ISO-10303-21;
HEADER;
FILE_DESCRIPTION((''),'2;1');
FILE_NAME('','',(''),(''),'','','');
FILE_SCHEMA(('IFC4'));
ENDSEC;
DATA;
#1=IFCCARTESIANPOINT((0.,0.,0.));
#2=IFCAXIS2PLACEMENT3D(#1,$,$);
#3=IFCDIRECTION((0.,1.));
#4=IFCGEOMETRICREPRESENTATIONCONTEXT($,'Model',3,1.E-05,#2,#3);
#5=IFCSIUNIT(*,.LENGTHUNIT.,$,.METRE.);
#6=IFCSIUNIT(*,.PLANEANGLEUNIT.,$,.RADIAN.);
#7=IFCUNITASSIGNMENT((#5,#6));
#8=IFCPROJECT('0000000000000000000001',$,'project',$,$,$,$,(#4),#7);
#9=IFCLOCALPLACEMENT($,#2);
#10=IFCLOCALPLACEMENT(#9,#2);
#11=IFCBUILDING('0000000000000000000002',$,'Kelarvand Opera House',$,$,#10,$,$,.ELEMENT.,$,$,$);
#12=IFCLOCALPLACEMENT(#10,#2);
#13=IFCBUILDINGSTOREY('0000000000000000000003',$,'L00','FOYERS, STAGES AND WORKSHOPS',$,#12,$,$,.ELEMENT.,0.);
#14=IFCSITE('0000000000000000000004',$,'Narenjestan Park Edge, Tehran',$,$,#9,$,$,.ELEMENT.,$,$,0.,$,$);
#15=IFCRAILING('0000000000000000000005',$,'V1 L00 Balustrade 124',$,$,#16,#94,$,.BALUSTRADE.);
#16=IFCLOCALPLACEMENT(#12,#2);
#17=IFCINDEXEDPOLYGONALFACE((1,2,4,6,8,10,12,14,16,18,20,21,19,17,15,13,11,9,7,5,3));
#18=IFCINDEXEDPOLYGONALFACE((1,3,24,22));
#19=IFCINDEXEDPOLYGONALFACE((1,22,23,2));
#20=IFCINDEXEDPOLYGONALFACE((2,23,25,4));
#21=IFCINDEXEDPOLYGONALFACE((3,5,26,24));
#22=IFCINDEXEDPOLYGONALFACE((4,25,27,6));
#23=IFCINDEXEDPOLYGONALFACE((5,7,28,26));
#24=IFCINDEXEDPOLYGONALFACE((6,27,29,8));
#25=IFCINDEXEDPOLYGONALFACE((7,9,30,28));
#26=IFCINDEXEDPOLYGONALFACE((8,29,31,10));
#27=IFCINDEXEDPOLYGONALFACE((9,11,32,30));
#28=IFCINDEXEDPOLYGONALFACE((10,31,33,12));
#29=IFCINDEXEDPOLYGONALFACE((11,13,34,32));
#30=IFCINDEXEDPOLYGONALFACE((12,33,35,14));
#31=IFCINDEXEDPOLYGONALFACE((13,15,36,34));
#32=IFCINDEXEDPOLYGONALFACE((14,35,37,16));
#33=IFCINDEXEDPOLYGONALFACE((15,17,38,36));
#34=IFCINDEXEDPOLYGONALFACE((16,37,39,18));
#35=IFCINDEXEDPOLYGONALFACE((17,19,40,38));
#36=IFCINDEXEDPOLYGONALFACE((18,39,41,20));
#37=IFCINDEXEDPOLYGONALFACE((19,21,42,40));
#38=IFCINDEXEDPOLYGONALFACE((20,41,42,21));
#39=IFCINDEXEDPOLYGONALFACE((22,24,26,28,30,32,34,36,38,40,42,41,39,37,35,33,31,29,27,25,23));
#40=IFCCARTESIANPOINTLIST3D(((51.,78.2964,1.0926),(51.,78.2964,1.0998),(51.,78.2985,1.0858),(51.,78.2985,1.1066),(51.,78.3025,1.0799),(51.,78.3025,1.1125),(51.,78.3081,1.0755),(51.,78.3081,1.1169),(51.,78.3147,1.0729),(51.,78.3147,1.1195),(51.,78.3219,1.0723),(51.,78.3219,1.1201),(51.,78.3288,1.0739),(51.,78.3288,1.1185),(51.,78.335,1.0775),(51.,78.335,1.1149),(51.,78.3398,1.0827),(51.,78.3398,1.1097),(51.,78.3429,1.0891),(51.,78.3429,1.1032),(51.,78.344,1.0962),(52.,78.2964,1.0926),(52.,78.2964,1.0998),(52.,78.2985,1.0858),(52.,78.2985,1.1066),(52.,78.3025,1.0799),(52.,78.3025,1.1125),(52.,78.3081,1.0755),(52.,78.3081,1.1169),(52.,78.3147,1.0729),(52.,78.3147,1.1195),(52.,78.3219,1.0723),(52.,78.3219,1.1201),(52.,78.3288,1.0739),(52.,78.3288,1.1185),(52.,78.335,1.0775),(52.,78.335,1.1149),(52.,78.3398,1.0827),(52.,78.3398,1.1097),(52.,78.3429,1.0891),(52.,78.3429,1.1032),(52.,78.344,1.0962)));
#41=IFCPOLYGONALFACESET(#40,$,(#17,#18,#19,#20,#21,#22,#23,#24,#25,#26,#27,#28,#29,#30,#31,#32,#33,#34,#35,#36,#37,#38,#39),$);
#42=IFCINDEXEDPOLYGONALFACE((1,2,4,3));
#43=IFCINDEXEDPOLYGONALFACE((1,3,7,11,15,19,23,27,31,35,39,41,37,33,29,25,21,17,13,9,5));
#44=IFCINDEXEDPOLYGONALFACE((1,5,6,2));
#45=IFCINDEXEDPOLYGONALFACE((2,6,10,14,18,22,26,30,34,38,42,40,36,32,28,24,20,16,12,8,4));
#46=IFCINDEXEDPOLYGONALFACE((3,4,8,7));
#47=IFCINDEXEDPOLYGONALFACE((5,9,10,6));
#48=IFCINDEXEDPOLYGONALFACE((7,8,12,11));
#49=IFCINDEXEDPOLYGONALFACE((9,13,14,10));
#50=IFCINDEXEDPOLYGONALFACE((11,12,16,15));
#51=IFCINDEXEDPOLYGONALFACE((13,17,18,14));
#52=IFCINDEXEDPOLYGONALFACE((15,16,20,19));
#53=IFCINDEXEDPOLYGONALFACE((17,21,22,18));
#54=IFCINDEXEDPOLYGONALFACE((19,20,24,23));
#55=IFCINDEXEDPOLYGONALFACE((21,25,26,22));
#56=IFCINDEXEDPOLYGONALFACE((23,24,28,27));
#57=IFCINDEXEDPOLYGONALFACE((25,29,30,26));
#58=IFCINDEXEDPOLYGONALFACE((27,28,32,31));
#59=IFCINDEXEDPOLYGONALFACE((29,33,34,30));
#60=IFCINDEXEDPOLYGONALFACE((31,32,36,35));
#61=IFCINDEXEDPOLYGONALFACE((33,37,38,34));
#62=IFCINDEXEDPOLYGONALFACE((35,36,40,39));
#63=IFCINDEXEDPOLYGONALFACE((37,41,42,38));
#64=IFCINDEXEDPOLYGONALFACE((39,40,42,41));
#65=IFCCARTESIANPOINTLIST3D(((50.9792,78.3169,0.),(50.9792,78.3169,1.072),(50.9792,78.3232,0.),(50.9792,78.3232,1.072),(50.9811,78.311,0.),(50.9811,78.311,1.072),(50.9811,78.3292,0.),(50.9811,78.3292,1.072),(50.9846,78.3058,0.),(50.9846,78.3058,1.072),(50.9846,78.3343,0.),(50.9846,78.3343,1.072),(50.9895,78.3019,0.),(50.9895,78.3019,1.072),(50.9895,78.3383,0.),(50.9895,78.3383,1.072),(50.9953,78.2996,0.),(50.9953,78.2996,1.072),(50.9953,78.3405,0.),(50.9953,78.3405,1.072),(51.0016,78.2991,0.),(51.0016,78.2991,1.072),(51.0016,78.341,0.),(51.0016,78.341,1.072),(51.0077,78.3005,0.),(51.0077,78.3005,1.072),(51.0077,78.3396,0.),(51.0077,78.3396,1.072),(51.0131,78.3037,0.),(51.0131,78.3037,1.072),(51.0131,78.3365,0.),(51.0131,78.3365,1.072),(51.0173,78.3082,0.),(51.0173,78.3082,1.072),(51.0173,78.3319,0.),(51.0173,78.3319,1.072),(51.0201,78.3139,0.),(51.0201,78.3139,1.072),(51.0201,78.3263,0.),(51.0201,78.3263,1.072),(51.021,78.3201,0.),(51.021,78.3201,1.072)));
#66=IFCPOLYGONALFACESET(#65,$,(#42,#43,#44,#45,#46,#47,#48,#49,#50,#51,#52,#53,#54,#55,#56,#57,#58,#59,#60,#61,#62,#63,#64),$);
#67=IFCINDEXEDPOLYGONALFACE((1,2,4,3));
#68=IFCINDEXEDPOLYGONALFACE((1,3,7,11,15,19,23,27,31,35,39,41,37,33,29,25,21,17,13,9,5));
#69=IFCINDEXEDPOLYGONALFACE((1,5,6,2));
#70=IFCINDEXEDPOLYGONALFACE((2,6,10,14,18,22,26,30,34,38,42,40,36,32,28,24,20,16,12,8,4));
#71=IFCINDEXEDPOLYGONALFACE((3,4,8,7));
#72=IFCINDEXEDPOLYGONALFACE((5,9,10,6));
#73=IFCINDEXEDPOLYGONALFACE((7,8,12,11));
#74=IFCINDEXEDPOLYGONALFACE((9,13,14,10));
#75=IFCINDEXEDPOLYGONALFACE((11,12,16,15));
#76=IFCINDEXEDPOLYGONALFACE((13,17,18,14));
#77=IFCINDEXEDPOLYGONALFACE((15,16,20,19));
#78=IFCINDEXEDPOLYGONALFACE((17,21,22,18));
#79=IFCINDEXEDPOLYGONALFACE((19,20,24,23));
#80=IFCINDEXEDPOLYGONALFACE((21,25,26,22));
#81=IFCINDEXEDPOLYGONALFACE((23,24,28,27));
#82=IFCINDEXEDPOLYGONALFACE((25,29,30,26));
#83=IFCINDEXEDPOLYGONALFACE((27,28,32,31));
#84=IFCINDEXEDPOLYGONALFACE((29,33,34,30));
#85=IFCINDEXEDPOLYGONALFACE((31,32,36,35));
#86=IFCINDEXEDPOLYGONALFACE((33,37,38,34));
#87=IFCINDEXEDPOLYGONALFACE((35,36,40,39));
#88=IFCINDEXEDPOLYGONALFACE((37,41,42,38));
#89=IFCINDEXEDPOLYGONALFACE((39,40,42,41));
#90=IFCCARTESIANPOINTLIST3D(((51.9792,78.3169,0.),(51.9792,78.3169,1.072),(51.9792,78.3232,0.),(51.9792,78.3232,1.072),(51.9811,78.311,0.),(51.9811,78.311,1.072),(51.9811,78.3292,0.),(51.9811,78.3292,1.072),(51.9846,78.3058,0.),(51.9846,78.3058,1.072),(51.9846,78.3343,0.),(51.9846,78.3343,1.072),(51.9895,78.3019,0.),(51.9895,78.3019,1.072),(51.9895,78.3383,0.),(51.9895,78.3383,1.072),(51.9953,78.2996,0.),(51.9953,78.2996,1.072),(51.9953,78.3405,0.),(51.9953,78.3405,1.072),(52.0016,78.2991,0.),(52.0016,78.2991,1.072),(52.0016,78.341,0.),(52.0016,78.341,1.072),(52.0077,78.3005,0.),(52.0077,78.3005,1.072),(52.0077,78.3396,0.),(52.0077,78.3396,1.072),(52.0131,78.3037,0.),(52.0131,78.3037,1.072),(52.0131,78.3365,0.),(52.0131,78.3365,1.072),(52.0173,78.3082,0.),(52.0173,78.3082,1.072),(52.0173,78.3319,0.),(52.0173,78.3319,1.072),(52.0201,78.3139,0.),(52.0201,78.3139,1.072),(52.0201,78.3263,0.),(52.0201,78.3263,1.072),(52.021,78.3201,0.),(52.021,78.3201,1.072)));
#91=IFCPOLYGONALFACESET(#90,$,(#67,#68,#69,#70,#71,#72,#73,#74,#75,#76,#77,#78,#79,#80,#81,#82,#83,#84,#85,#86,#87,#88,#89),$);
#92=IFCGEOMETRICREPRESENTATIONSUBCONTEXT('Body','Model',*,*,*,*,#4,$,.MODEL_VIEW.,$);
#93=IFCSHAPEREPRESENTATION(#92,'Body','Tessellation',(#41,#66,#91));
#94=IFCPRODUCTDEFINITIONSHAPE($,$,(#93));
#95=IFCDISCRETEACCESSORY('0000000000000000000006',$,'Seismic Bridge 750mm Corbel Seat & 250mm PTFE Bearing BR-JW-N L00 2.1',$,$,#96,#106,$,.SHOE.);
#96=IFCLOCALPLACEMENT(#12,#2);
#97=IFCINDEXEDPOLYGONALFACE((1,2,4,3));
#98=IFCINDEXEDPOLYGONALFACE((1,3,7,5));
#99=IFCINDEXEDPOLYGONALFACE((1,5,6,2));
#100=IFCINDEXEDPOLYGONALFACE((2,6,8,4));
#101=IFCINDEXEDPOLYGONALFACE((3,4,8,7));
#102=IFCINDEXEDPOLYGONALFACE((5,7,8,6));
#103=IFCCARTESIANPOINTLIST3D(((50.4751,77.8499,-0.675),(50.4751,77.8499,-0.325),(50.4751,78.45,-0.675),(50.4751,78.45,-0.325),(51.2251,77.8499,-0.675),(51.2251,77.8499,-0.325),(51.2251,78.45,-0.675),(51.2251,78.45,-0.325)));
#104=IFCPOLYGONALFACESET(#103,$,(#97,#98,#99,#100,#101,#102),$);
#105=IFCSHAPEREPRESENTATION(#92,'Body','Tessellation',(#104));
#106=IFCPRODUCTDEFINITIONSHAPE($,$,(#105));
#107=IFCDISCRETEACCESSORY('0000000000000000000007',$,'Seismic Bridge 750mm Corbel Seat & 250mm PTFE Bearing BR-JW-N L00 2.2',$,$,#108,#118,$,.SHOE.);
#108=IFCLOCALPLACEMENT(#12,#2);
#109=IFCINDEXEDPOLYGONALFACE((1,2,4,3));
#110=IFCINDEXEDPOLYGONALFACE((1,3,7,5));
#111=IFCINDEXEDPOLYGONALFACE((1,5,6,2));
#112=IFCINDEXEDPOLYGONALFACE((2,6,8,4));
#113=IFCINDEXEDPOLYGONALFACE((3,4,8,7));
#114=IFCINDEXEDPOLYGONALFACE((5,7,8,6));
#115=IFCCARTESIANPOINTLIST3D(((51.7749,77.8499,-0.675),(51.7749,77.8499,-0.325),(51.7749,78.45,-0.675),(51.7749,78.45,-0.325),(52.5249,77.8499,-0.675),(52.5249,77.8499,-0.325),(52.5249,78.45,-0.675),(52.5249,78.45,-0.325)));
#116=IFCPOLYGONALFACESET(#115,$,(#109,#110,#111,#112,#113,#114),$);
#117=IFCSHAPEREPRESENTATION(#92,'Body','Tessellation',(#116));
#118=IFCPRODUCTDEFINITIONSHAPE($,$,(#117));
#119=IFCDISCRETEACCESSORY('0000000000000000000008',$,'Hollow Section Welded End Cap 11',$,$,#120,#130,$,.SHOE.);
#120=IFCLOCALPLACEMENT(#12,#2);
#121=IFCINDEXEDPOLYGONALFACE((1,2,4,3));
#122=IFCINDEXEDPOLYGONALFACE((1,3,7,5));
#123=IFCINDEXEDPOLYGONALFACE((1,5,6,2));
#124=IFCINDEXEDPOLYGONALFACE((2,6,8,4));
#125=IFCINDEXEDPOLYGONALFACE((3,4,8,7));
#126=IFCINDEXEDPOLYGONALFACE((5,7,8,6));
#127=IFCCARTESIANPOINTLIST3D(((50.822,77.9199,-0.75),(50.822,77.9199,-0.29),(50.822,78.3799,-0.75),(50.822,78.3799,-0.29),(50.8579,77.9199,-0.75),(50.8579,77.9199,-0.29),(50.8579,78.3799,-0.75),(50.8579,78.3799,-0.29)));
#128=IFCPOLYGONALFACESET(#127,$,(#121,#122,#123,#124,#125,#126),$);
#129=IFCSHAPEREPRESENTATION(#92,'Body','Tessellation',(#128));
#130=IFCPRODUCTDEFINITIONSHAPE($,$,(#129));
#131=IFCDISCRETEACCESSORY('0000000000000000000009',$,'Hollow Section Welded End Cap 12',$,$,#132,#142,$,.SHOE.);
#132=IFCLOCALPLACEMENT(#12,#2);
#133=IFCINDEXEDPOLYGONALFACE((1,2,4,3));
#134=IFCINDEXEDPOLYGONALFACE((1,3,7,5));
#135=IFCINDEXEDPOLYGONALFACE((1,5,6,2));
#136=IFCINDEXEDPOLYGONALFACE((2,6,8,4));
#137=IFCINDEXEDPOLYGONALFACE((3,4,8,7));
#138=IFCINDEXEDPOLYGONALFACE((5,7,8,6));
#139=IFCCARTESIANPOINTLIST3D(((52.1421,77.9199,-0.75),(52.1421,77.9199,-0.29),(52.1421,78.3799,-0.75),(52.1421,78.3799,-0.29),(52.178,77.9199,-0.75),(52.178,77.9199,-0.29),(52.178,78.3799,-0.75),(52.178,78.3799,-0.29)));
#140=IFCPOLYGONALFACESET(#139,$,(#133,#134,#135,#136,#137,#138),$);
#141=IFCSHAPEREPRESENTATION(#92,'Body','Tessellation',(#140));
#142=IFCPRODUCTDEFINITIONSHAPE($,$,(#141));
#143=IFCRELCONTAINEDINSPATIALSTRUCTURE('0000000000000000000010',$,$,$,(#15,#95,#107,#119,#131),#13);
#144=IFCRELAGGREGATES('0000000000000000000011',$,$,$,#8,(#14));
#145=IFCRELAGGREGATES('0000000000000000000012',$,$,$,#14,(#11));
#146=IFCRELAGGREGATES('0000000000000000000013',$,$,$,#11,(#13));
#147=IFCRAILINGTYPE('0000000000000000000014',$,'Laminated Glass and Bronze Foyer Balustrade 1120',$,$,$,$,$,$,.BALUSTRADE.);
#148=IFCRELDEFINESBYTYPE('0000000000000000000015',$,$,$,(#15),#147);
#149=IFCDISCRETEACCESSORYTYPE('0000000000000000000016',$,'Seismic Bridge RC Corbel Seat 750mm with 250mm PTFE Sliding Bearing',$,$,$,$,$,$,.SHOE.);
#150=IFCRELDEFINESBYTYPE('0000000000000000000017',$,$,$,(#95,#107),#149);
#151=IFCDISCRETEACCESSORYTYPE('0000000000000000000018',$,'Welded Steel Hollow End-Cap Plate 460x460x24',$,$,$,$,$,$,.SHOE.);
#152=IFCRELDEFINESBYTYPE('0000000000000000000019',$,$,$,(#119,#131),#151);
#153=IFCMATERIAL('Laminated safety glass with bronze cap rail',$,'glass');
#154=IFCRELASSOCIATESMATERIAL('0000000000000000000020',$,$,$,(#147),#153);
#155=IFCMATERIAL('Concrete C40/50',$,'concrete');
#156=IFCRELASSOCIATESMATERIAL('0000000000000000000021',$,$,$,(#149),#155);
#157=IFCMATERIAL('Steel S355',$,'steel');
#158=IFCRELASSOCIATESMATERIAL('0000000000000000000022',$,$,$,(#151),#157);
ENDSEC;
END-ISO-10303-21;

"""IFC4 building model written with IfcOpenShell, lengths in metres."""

from ifc_helpers import new_model, si_unit, direction, frame, origin, origin_2d, place, context, subcontext, project, spatial, rectangle, circle, extrude, material, material_profile, profile_set, type_object, element, save


model = new_model("IFC4")

# Units and contexts
model_context = context("Model", 3, precision=1e-05, world=origin(), true_north=direction((0.0, 1.0)))
body_context = subcontext(model_context, "Body", "Model", "MODEL_VIEW")
ifc_project = project(units=[si_unit("LENGTHUNIT", "METRE"), si_unit("PLANEANGLEUNIT", "RADIAN")], contexts=[model_context])

# Site, building, storey
site_placement = place(None, origin())
site = spatial("IfcSite", under=ifc_project, at=site_placement, Name="Narenjestan Park Edge, Tehran", CompositionType="ELEMENT", RefElevation=0.0)
building_placement = place(site_placement, origin())
building = spatial("IfcBuilding", under=site, at=building_placement, Name="Kelarvand Opera House", CompositionType="ELEMENT")
storey_placement = place(building_placement, origin())
storey = spatial("IfcBuildingStorey", under=building, at=storey_placement, Name="L00", Description="FOYERS, STAGES AND WORKSHOPS", CompositionType="ELEMENT", Elevation=0.0)

# Shared definitions
ifc_material_1 = material(Name="Concrete C40/50", Category="concrete")

# Shared definitions
ifc_material_2 = material(Name="Steel S355", Category="steel")

# Railing
ifc_material_3 = material(Name="Laminated safety glass with bronze cap rail", Category="glass")
railing_type = type_object("IfcRailingType", Name="Laminated Glass and Bronze Foyer Balustrade 1120", PredefinedType="BALUSTRADE", material=ifc_material_3)
railing_placement = place(storey_placement, frame((51.0, 78.3201, 0.0)))
element("IfcRailing", 1, at=railing_placement, inside=storey, type_object=railing_type, Name="V1 L00 Balustrade 124", PredefinedType="BALUSTRADE", context=body_context, shape_type="SweptSolid", body=[
    extrude(circle(Radius=0.0239, at=origin_2d()), frame((0.0, 0.0, 1.0962), z_axis=(1.0, 0.0, 0.0), x_axis=(0.0, 1.0, 0.0)), (0.0, 0.0, 1.0), 1.0),
    extrude(circle(Radius=0.021, at=origin_2d()), origin(), (0.0, 0.0, 1.0), 1.072),
    extrude(circle(Radius=0.021, at=origin_2d()), frame((1.0, 0.0, 0.0)), (0.0, 0.0, 1.0), 1.072),
])

# Discrete accessories
discrete_accessory_type_1 = type_object("IfcDiscreteAccessoryType", Name="Seismic Bridge RC Corbel Seat 750mm with 250mm PTFE Sliding Bearing", PredefinedType="SHOE", material=ifc_material_1)
for number, where, z_axis, x_axis, name in (
    (2, (50.8501, 78.1499, -0.675), (0.0, 0.0, 1.0), (1.0, 0.0, 0.0), "Seismic Bridge 750mm Corbel Seat & 250mm PTFE Bearing BR-JW-N L00 2.1"),
    (3, (52.1499, 78.1499, -0.675), (0.0, 0.0, 1.0), (1.0, 0.0, 0.0), "Seismic Bridge 750mm Corbel Seat & 250mm PTFE Bearing BR-JW-N L00 2.2"),
):
    element("IfcDiscreteAccessory", number, at=place(storey_placement, frame(where, z_axis=z_axis, x_axis=x_axis)), inside=storey, type_object=discrete_accessory_type_1, Name=name, PredefinedType="SHOE", context=body_context, shape_type="SweptSolid", body=[
        extrude(rectangle(XDim=0.75, YDim=0.6001, at=origin_2d()), origin(), (0.0, 0.0, 1.0), 0.3501),
    ])
ifc_material_profile_1 = material_profile(ifc_material_2, rectangle(XDim=0.46, YDim=0.46, at=origin_2d()), Name="Welded Steel Hollow End-Cap Plate 460x460x24", Category="steel")
ifc_profile_set_1 = profile_set([ifc_material_profile_1], Name="Steel S355")
discrete_accessory_type_2 = type_object("IfcDiscreteAccessoryType", Name="Welded Steel Hollow End-Cap Plate 460x460x24", PredefinedType="SHOE", material=ifc_profile_set_1)
for number, where, z_axis, x_axis, name in (
    (4, (50.8579, 78.1499, -0.52), (-1.0, 0.0, 0.0), (0.0, -1.0, 0.0), "Hollow Section Welded End Cap 11"),
    (5, (52.1421, 78.1499, -0.52), (1.0, 0.0, 0.0), (0.0, 1.0, 0.0), "Hollow Section Welded End Cap 12"),
):
    element("IfcDiscreteAccessory", number, at=place(storey_placement, frame(where, z_axis=z_axis, x_axis=x_axis)), inside=storey, type_object=discrete_accessory_type_2, Name=name, PredefinedType="SHOE", context=body_context, shape_type="SweptSolid", body=[
        extrude(rectangle(XDim=0.46, YDim=0.46, at=origin_2d()), origin(), (0.0, 0.0, 1.0), 0.0359),
    ])

save(model, "model.ifc")
